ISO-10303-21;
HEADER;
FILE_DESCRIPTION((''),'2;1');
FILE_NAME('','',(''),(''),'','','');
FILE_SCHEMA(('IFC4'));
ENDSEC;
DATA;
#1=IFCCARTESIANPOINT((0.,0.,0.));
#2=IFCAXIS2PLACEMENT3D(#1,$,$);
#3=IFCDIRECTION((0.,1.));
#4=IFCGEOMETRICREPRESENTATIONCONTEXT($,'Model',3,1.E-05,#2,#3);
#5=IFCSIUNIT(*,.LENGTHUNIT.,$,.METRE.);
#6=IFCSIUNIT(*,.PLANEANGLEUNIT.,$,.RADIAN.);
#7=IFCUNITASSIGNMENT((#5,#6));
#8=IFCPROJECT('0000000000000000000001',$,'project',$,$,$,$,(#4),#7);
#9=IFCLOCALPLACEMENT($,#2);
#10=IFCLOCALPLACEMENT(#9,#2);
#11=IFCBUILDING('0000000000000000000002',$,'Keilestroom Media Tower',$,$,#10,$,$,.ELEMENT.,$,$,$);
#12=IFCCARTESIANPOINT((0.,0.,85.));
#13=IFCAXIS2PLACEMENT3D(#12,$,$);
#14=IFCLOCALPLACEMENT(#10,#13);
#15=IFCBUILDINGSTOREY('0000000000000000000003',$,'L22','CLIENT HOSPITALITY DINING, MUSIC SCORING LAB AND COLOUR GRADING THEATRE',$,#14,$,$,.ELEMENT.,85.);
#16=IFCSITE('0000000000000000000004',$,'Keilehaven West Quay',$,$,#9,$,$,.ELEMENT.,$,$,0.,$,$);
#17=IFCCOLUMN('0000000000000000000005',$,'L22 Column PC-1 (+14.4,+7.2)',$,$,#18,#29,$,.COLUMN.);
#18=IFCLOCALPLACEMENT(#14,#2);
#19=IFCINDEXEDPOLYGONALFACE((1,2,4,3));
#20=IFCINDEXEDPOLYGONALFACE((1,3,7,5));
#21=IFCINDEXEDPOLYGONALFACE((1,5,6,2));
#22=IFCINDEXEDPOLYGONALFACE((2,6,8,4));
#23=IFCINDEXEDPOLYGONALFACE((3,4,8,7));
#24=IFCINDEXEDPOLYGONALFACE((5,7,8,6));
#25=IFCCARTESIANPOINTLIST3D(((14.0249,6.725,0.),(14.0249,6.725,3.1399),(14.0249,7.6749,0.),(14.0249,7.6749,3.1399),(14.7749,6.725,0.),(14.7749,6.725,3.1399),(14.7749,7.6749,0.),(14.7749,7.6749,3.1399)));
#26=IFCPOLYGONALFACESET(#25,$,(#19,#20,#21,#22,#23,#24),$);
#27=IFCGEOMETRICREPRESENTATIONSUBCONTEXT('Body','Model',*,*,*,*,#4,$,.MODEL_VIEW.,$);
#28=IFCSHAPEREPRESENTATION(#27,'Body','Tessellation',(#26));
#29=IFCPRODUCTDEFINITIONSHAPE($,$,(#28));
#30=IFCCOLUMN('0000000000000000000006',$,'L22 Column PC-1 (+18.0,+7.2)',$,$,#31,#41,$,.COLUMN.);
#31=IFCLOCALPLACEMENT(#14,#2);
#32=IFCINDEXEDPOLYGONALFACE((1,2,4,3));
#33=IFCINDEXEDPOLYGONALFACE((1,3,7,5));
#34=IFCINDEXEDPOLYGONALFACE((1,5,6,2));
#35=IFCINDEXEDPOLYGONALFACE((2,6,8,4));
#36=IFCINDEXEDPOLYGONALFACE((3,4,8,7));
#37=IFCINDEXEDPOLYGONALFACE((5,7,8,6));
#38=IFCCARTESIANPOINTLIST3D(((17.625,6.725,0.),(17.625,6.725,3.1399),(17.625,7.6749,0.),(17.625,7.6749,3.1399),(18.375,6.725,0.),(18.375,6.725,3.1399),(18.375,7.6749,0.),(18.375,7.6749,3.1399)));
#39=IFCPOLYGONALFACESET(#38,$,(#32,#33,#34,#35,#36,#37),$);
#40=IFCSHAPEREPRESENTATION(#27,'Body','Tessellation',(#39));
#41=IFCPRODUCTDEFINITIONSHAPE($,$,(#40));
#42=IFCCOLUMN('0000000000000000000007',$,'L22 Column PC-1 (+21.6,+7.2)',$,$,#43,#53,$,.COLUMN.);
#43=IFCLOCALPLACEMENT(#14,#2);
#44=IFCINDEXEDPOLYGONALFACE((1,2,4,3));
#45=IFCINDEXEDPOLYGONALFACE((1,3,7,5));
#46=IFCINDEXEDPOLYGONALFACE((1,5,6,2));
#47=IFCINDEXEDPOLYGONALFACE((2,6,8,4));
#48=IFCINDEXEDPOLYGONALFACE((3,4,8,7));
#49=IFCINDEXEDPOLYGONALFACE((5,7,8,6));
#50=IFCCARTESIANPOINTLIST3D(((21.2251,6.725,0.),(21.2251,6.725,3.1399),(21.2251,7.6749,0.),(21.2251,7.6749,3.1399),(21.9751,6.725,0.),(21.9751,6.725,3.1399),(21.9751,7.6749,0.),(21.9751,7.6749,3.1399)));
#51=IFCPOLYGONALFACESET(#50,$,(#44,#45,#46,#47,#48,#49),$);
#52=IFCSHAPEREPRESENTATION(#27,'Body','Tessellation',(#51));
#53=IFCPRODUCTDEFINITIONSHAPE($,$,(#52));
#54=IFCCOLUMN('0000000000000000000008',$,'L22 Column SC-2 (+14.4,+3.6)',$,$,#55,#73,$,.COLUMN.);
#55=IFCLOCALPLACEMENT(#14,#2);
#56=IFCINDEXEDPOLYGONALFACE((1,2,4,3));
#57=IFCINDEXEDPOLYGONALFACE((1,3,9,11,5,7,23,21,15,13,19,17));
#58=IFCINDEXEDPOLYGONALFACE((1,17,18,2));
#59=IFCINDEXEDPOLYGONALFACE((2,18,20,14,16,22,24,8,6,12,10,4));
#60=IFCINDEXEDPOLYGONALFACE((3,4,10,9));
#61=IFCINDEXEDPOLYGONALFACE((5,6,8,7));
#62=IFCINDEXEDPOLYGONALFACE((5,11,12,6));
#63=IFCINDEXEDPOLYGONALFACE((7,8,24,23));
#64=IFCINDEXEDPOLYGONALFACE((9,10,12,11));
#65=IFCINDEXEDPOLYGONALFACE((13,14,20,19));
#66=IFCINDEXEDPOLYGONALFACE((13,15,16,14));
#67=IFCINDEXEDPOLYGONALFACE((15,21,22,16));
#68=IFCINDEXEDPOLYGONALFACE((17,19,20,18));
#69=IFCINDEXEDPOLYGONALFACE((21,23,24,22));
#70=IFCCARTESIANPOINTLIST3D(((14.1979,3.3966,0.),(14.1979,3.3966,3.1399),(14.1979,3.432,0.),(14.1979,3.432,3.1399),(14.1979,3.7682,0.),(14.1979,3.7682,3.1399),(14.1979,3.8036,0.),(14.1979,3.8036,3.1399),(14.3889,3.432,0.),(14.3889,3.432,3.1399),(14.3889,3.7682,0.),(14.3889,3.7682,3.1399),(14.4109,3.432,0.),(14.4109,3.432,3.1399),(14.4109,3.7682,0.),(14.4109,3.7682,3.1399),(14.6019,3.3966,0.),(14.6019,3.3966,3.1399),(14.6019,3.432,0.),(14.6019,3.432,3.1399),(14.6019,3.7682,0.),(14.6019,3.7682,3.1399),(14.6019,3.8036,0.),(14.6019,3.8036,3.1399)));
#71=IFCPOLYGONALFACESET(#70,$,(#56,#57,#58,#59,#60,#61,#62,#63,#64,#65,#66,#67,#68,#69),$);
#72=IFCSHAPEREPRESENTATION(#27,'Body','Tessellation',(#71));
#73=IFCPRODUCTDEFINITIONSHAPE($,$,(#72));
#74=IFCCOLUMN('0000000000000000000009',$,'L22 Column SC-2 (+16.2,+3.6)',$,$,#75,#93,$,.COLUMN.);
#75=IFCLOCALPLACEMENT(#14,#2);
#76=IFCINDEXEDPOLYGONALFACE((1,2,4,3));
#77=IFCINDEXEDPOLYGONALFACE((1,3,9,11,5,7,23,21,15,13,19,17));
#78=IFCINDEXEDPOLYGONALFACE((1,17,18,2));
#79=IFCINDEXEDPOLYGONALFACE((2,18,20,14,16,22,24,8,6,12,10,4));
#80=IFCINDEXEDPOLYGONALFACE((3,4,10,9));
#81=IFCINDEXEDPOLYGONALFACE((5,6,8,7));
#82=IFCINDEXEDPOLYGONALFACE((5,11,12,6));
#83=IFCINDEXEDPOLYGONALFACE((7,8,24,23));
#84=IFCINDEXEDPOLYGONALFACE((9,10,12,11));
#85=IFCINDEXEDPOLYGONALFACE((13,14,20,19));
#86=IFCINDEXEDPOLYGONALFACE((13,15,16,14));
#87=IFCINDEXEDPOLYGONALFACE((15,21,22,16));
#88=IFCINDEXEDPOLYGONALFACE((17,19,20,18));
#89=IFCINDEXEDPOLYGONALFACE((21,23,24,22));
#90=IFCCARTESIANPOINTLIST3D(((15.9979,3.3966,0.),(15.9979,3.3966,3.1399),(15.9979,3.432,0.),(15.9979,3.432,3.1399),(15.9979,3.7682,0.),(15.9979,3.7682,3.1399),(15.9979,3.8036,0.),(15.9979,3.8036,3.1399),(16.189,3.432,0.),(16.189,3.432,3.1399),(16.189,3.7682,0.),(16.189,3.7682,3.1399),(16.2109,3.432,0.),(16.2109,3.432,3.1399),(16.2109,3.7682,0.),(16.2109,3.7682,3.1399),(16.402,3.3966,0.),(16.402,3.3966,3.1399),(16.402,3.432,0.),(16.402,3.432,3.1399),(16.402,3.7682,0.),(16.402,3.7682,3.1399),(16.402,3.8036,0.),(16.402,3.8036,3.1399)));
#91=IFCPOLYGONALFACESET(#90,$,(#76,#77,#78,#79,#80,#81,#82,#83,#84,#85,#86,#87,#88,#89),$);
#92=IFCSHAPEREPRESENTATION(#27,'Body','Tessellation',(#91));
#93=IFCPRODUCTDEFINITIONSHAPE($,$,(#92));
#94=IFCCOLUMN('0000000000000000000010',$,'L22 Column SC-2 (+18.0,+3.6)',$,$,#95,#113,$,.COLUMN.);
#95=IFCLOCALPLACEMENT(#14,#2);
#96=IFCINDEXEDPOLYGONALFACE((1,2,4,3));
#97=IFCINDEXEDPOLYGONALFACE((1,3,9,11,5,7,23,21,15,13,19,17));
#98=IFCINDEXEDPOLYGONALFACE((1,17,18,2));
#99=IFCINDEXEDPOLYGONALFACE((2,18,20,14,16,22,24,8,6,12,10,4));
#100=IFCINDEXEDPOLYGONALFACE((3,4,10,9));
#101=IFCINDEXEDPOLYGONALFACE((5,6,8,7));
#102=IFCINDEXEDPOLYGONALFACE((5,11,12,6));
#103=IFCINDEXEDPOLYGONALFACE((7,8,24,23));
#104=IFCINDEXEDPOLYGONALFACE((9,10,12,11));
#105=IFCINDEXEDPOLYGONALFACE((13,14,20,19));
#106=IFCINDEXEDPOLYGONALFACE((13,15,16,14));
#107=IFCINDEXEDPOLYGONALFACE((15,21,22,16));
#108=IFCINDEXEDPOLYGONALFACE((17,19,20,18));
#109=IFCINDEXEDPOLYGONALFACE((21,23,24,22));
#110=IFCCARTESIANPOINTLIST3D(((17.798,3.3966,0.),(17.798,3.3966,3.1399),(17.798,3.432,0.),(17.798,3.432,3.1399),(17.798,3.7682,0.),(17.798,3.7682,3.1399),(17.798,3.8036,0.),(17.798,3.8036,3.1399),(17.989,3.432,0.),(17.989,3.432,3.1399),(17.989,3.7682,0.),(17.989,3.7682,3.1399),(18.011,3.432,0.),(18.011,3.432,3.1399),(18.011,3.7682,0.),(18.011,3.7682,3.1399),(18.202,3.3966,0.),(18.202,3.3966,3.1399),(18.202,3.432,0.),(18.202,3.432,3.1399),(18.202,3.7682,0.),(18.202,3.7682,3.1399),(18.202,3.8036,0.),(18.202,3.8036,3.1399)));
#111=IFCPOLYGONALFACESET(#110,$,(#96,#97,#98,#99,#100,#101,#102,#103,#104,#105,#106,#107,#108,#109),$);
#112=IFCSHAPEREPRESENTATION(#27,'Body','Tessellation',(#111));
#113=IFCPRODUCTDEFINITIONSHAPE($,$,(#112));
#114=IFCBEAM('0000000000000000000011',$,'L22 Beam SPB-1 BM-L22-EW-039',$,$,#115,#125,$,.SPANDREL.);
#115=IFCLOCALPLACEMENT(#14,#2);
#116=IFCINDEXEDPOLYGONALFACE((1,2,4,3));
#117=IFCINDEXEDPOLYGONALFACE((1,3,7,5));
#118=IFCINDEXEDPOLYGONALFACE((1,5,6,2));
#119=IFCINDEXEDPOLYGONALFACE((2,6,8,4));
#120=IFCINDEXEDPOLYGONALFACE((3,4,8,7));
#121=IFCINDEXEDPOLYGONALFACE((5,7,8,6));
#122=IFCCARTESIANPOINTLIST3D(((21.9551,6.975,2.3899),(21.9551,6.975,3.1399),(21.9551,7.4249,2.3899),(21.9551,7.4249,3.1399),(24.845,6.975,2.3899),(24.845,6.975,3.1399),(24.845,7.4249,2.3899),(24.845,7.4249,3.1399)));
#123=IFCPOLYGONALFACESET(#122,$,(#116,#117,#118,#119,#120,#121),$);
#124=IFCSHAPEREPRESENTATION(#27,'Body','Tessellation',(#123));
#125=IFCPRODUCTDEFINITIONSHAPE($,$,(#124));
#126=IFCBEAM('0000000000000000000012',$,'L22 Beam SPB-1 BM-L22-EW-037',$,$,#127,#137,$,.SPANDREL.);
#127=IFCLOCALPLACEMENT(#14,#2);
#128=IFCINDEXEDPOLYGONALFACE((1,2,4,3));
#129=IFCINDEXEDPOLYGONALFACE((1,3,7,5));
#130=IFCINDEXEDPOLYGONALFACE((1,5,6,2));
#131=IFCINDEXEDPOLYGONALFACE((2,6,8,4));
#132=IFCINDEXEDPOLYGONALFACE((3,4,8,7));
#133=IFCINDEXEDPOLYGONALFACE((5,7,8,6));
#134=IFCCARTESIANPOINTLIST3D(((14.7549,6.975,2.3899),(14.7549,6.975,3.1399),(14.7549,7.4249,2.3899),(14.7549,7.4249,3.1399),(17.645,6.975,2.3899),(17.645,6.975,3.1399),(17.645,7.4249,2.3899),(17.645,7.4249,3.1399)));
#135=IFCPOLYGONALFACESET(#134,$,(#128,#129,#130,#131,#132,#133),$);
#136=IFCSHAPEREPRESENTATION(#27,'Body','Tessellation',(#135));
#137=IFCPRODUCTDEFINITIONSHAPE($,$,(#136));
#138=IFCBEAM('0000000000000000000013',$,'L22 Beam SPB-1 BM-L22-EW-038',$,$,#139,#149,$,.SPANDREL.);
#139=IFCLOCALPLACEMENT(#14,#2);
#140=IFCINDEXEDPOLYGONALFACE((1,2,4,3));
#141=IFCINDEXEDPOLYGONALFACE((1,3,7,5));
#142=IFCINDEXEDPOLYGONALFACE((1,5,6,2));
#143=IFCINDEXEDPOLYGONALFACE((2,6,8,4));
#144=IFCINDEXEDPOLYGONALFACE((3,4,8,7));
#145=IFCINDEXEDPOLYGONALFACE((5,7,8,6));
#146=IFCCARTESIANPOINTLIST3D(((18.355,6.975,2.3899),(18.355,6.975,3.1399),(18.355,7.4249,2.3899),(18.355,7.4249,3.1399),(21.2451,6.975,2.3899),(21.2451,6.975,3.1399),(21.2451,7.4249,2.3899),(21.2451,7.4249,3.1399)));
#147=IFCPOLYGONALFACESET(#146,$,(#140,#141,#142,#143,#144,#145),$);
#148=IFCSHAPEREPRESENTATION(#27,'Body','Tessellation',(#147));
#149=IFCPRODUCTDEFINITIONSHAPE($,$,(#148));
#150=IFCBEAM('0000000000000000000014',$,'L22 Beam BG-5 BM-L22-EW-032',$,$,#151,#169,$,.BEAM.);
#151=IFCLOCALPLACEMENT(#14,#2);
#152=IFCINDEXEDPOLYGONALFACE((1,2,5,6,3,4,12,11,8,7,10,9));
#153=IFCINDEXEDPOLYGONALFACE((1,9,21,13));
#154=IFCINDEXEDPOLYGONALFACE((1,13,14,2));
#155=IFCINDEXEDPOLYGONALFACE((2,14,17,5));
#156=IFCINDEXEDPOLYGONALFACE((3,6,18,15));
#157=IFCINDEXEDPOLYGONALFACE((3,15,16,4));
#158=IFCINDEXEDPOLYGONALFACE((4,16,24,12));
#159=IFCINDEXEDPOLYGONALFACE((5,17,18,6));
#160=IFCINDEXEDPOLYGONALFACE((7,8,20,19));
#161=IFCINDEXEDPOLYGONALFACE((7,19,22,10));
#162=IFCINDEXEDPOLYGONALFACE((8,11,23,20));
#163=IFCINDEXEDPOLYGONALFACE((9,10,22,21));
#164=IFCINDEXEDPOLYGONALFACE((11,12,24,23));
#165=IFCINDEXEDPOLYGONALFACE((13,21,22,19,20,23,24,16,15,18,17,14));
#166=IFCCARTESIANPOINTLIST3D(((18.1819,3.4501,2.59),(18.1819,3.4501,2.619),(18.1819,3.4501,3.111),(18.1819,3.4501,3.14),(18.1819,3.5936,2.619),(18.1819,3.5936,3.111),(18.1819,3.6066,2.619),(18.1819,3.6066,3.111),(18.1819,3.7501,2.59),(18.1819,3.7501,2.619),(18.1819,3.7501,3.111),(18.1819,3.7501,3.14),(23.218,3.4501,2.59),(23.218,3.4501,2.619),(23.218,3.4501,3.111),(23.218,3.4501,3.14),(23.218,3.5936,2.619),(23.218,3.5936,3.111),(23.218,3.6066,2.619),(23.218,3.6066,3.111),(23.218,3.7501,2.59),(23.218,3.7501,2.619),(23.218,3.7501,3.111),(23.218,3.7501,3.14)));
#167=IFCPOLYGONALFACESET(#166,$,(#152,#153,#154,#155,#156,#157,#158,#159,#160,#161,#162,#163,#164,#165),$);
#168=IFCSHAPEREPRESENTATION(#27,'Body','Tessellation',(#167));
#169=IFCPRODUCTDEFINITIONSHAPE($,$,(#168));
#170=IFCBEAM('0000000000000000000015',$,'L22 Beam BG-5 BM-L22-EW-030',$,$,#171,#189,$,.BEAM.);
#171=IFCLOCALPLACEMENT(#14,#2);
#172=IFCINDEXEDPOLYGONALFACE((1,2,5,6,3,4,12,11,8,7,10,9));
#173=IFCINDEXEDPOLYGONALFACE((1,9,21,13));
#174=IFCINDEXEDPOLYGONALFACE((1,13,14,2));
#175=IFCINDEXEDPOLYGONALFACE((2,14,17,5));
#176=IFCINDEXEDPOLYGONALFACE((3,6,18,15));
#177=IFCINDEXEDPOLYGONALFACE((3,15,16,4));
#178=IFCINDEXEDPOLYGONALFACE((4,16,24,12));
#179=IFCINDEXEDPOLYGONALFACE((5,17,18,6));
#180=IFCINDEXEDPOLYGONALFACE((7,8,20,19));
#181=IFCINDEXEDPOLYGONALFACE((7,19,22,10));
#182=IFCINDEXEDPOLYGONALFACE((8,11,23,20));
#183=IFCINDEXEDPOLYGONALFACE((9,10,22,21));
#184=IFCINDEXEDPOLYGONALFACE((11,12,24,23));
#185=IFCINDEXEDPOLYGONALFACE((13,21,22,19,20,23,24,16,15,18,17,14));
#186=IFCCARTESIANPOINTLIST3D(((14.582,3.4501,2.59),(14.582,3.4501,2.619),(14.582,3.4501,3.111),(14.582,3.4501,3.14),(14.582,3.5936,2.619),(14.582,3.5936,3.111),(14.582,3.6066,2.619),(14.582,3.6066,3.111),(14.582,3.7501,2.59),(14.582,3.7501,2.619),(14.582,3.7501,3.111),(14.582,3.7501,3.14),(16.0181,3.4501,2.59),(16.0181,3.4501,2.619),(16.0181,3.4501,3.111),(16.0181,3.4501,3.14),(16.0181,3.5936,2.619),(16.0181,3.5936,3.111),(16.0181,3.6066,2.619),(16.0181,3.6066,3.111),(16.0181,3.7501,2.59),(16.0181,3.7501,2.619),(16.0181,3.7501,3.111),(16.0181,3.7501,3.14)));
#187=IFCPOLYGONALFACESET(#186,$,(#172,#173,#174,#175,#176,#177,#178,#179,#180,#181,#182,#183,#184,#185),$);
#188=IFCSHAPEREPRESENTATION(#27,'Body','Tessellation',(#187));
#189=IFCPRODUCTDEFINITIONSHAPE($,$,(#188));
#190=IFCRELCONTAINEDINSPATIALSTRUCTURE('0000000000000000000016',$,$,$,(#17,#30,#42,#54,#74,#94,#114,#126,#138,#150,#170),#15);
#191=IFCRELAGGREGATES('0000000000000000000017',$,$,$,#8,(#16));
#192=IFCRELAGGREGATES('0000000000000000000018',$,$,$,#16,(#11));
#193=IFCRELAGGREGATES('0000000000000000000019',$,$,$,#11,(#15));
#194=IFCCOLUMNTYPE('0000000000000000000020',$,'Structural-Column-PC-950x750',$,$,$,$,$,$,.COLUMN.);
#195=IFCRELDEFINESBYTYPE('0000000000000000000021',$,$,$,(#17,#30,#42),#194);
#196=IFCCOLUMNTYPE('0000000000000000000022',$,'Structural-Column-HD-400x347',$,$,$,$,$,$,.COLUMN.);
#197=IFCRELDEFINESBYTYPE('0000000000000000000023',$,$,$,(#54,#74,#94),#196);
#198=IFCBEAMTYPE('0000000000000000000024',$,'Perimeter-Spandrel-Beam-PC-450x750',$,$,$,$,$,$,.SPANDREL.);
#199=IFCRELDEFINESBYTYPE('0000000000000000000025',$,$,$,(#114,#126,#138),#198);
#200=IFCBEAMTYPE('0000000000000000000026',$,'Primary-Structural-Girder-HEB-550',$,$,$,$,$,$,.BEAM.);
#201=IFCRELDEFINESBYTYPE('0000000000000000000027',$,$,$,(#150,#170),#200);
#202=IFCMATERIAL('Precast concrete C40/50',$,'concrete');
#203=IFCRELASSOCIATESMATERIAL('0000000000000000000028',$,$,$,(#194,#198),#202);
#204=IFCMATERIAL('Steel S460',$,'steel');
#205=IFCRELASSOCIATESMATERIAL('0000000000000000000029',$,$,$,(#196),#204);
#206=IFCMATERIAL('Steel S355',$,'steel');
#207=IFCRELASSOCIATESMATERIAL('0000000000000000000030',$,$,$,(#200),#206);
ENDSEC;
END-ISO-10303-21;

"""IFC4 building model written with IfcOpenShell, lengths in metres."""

from ifc_helpers import new_model, si_unit, direction, frame, origin, origin_2d, place, context, subcontext, project, spatial, rectangle, i_section, extrude, source, transform, mapped, material, material_profile, profile_set, type_object, element, save


model = new_model("IFC4")

# Units and contexts
model_context = context("Model", 3, precision=1e-05, world=origin(), true_north=direction((0.0, 1.0)))
body_context = subcontext(model_context, "Body", "Model", "MODEL_VIEW")
ifc_project = project(units=[si_unit("LENGTHUNIT", "METRE"), si_unit("PLANEANGLEUNIT", "RADIAN")], contexts=[model_context])

# Site, building, storey
site_placement = place(None, origin())
site = spatial("IfcSite", under=ifc_project, at=site_placement, Name="Keilehaven West Quay", CompositionType="ELEMENT", RefElevation=0.0)
building_placement = place(site_placement, origin())
building = spatial("IfcBuilding", under=site, at=building_placement, Name="Keilestroom Media Tower", CompositionType="ELEMENT")
storey_placement = place(building_placement, frame((0.0, 0.0, 85.0)))
storey = spatial("IfcBuildingStorey", under=building, at=storey_placement, Name="L22", Description="CLIENT HOSPITALITY DINING, MUSIC SCORING LAB AND COLOUR GRADING THEATRE", CompositionType="ELEMENT", Elevation=85.0)

# Columns
ifc_material_1 = material(Name="Precast concrete C40/50", Category="concrete")
ifc_material_profile_1 = material_profile(ifc_material_1, rectangle(XDim=0.75, YDim=0.95, at=origin_2d()), Name="PC 950x750")
ifc_profile_set_1 = profile_set([ifc_material_profile_1], Name="Precast concrete C40/50")
column_type_1 = type_object("IfcColumnType", Name="Structural-Column-PC-950x750", PredefinedType="COLUMN", material=ifc_profile_set_1)
shared_shape_1 = source(origin(), body_context, "Body", "SweptSolid", [
    extrude(rectangle(XDim=0.75, YDim=0.95, at=origin_2d()), origin(), (0.0, 0.0, 1.0), 3.1399),
])
for number, where, z_axis, x_axis, name in (
    (1, (14.3999, 7.2, 0.0), (0.0, 0.0, 1.0), (1.0, 0.0, 0.0), "L22 Column PC-1 (+14.4,+7.2)"),
    (2, (18.0, 7.2, 0.0), (0.0, 0.0, 1.0), (1.0, 0.0, 0.0), "L22 Column PC-1 (+18.0,+7.2)"),
    (3, (21.6001, 7.2, 0.0), (0.0, 0.0, 1.0), (1.0, 0.0, 0.0), "L22 Column PC-1 (+21.6,+7.2)"),
):
    element("IfcColumn", number, at=place(storey_placement, frame(where, z_axis=z_axis, x_axis=x_axis)), inside=storey, type_object=column_type_1, Name=name, PredefinedType="COLUMN", context=body_context, shape_type="MappedRepresentation", body=[
        mapped(shared_shape_1, transform((0.0, 0.0, 0.0), x_axis=(1.0, 0.0, 0.0), y_axis=(0.0, 1.0, 0.0), z_axis=(0.0, 0.0, 1.0), scale=1.0)),
    ])
ifc_material_2 = material(Name="Steel S460", Category="steel")
ifc_material_profile_2 = material_profile(ifc_material_2, i_section(OverallWidth=0.4041, OverallDepth=0.407, WebThickness=0.022, FlangeThickness=0.0354, at=origin_2d()), Name="HD 400x347")
ifc_profile_set_2 = profile_set([ifc_material_profile_2], Name="Steel S460")
column_type_2 = type_object("IfcColumnType", Name="Structural-Column-HD-400x347", PredefinedType="COLUMN", material=ifc_profile_set_2)
shared_shape_2 = source(origin(), body_context, "Body", "SweptSolid", [
    extrude(i_section(OverallWidth=0.4041, OverallDepth=0.407, WebThickness=0.022, FlangeThickness=0.0354, at=origin_2d()), origin(), (0.0, 0.0, 1.0), 3.1399),
])
for number, where, z_axis, x_axis, name in (
    (4, (14.3999, 3.6001, 0.0), (0.0, 0.0, 1.0), (1.0, 0.0, 0.0), "L22 Column SC-2 (+14.4,+3.6)"),
    (5, (16.2, 3.6001, 0.0), (0.0, 0.0, 1.0), (1.0, 0.0, 0.0), "L22 Column SC-2 (+16.2,+3.6)"),
    (6, (18.0, 3.6001, 0.0), (0.0, 0.0, 1.0), (1.0, 0.0, 0.0), "L22 Column SC-2 (+18.0,+3.6)"),
):
    element("IfcColumn", number, at=place(storey_placement, frame(where, z_axis=z_axis, x_axis=x_axis)), inside=storey, type_object=column_type_2, Name=name, PredefinedType="COLUMN", context=body_context, shape_type="MappedRepresentation", body=[
        mapped(shared_shape_2, transform((0.0, 0.0, 0.0), x_axis=(1.0, 0.0, 0.0), y_axis=(0.0, 1.0, 0.0), z_axis=(0.0, 0.0, 1.0), scale=1.0)),
    ])

# Beams
ifc_material_profile_3 = material_profile(ifc_material_1, rectangle(XDim=0.45, YDim=0.75, at=origin_2d()), Name="PC 450x750")
ifc_profile_set_3 = profile_set([ifc_material_profile_3], Name="Precast concrete C40/50")
beam_type_1 = type_object("IfcBeamType", Name="Perimeter-Spandrel-Beam-PC-450x750", PredefinedType="SPANDREL", material=ifc_profile_set_3)
shared_shape_3 = source(origin(), body_context, "Body", "SweptSolid", [
    extrude(rectangle(XDim=0.45, YDim=0.75, at=origin_2d()), origin(), (0.0, 0.0, 1.0), 2.8899),
])
beam_1_placement = place(storey_placement, frame((21.9551, 7.2, 2.7649), z_axis=(1.0, 0.0, 0.0), x_axis=(0.0, 1.0, 0.0)))
element("IfcBeam", 7, at=beam_1_placement, inside=storey, type_object=beam_type_1, Name="L22 Beam SPB-1 BM-L22-EW-039", PredefinedType="SPANDREL", context=body_context, shape_type="MappedRepresentation", body=[
    mapped(shared_shape_3, transform((0.0, 0.0, 0.0), x_axis=(1.0, 0.0, 0.0), y_axis=(0.0, 1.0, 0.0), z_axis=(0.0, 0.0, 1.0), scale=1.0)),
])
shared_shape_4 = source(origin(), body_context, "Body", "SweptSolid", [
    extrude(rectangle(XDim=0.45, YDim=0.75, at=origin_2d()), origin(), (0.0, 0.0, 1.0), 2.8901),
])
for number, where, z_axis, x_axis, name in (
    (8, (14.7549, 7.2, 2.7649), (1.0, 0.0, 0.0), (0.0, 1.0, 0.0), "L22 Beam SPB-1 BM-L22-EW-037"),
    (9, (18.355, 7.2, 2.7649), (1.0, 0.0, 0.0), (0.0, 1.0, 0.0), "L22 Beam SPB-1 BM-L22-EW-038"),
):
    element("IfcBeam", number, at=place(storey_placement, frame(where, z_axis=z_axis, x_axis=x_axis)), inside=storey, type_object=beam_type_1, Name=name, PredefinedType="SPANDREL", context=body_context, shape_type="MappedRepresentation", body=[
        mapped(shared_shape_4, transform((0.0, 0.0, 0.0), x_axis=(1.0, 0.0, 0.0), y_axis=(0.0, 1.0, 0.0), z_axis=(0.0, 0.0, 1.0), scale=1.0)),
    ])
ifc_material_3 = material(Name="Steel S355", Category="steel")
ifc_material_profile_4 = material_profile(ifc_material_3, i_section(OverallWidth=0.3, OverallDepth=0.55, WebThickness=0.0129, FlangeThickness=0.0291, at=origin_2d()), Name="HEB 550")
ifc_profile_set_4 = profile_set([ifc_material_profile_4], Name="Steel S355")
beam_type_2 = type_object("IfcBeamType", Name="Primary-Structural-Girder-HEB-550", PredefinedType="BEAM", material=ifc_profile_set_4)
shared_shape_5 = source(origin(), body_context, "Body", "SweptSolid", [
    extrude(i_section(OverallWidth=0.3, OverallDepth=0.55, WebThickness=0.0129, FlangeThickness=0.0291, at=origin_2d()), origin(), (0.0, 0.0, 1.0), 5.0361),
])
beam_2_placement = place(storey_placement, frame((18.1819, 3.6001, 2.865), z_axis=(1.0, 0.0, 0.0), x_axis=(0.0, 1.0, 0.0)))
element("IfcBeam", 10, at=beam_2_placement, inside=storey, type_object=beam_type_2, Name="L22 Beam BG-5 BM-L22-EW-032", PredefinedType="BEAM", context=body_context, shape_type="MappedRepresentation", body=[
    mapped(shared_shape_5, transform((0.0, 0.0, 0.0), x_axis=(1.0, 0.0, 0.0), y_axis=(0.0, 1.0, 0.0), z_axis=(0.0, 0.0, 1.0), scale=1.0)),
])
shared_shape_6 = source(origin(), body_context, "Body", "SweptSolid", [
    extrude(i_section(OverallWidth=0.3, OverallDepth=0.55, WebThickness=0.0129, FlangeThickness=0.0291, at=origin_2d()), origin(), (0.0, 0.0, 1.0), 1.436),
])
for number, where, z_axis, x_axis, name in (
    (11, (14.582, 3.6001, 2.865), (1.0, 0.0, 0.0), (0.0, 1.0, 0.0), "L22 Beam BG-5 BM-L22-EW-030"),
):
    element("IfcBeam", number, at=place(storey_placement, frame(where, z_axis=z_axis, x_axis=x_axis)), inside=storey, type_object=beam_type_2, Name=name, PredefinedType="BEAM", context=body_context, shape_type="MappedRepresentation", body=[
        mapped(shared_shape_6, transform((0.0, 0.0, 0.0), x_axis=(1.0, 0.0, 0.0), y_axis=(0.0, 1.0, 0.0), z_axis=(0.0, 0.0, 1.0), scale=1.0)),
    ])

save(model, "model.ifc")
